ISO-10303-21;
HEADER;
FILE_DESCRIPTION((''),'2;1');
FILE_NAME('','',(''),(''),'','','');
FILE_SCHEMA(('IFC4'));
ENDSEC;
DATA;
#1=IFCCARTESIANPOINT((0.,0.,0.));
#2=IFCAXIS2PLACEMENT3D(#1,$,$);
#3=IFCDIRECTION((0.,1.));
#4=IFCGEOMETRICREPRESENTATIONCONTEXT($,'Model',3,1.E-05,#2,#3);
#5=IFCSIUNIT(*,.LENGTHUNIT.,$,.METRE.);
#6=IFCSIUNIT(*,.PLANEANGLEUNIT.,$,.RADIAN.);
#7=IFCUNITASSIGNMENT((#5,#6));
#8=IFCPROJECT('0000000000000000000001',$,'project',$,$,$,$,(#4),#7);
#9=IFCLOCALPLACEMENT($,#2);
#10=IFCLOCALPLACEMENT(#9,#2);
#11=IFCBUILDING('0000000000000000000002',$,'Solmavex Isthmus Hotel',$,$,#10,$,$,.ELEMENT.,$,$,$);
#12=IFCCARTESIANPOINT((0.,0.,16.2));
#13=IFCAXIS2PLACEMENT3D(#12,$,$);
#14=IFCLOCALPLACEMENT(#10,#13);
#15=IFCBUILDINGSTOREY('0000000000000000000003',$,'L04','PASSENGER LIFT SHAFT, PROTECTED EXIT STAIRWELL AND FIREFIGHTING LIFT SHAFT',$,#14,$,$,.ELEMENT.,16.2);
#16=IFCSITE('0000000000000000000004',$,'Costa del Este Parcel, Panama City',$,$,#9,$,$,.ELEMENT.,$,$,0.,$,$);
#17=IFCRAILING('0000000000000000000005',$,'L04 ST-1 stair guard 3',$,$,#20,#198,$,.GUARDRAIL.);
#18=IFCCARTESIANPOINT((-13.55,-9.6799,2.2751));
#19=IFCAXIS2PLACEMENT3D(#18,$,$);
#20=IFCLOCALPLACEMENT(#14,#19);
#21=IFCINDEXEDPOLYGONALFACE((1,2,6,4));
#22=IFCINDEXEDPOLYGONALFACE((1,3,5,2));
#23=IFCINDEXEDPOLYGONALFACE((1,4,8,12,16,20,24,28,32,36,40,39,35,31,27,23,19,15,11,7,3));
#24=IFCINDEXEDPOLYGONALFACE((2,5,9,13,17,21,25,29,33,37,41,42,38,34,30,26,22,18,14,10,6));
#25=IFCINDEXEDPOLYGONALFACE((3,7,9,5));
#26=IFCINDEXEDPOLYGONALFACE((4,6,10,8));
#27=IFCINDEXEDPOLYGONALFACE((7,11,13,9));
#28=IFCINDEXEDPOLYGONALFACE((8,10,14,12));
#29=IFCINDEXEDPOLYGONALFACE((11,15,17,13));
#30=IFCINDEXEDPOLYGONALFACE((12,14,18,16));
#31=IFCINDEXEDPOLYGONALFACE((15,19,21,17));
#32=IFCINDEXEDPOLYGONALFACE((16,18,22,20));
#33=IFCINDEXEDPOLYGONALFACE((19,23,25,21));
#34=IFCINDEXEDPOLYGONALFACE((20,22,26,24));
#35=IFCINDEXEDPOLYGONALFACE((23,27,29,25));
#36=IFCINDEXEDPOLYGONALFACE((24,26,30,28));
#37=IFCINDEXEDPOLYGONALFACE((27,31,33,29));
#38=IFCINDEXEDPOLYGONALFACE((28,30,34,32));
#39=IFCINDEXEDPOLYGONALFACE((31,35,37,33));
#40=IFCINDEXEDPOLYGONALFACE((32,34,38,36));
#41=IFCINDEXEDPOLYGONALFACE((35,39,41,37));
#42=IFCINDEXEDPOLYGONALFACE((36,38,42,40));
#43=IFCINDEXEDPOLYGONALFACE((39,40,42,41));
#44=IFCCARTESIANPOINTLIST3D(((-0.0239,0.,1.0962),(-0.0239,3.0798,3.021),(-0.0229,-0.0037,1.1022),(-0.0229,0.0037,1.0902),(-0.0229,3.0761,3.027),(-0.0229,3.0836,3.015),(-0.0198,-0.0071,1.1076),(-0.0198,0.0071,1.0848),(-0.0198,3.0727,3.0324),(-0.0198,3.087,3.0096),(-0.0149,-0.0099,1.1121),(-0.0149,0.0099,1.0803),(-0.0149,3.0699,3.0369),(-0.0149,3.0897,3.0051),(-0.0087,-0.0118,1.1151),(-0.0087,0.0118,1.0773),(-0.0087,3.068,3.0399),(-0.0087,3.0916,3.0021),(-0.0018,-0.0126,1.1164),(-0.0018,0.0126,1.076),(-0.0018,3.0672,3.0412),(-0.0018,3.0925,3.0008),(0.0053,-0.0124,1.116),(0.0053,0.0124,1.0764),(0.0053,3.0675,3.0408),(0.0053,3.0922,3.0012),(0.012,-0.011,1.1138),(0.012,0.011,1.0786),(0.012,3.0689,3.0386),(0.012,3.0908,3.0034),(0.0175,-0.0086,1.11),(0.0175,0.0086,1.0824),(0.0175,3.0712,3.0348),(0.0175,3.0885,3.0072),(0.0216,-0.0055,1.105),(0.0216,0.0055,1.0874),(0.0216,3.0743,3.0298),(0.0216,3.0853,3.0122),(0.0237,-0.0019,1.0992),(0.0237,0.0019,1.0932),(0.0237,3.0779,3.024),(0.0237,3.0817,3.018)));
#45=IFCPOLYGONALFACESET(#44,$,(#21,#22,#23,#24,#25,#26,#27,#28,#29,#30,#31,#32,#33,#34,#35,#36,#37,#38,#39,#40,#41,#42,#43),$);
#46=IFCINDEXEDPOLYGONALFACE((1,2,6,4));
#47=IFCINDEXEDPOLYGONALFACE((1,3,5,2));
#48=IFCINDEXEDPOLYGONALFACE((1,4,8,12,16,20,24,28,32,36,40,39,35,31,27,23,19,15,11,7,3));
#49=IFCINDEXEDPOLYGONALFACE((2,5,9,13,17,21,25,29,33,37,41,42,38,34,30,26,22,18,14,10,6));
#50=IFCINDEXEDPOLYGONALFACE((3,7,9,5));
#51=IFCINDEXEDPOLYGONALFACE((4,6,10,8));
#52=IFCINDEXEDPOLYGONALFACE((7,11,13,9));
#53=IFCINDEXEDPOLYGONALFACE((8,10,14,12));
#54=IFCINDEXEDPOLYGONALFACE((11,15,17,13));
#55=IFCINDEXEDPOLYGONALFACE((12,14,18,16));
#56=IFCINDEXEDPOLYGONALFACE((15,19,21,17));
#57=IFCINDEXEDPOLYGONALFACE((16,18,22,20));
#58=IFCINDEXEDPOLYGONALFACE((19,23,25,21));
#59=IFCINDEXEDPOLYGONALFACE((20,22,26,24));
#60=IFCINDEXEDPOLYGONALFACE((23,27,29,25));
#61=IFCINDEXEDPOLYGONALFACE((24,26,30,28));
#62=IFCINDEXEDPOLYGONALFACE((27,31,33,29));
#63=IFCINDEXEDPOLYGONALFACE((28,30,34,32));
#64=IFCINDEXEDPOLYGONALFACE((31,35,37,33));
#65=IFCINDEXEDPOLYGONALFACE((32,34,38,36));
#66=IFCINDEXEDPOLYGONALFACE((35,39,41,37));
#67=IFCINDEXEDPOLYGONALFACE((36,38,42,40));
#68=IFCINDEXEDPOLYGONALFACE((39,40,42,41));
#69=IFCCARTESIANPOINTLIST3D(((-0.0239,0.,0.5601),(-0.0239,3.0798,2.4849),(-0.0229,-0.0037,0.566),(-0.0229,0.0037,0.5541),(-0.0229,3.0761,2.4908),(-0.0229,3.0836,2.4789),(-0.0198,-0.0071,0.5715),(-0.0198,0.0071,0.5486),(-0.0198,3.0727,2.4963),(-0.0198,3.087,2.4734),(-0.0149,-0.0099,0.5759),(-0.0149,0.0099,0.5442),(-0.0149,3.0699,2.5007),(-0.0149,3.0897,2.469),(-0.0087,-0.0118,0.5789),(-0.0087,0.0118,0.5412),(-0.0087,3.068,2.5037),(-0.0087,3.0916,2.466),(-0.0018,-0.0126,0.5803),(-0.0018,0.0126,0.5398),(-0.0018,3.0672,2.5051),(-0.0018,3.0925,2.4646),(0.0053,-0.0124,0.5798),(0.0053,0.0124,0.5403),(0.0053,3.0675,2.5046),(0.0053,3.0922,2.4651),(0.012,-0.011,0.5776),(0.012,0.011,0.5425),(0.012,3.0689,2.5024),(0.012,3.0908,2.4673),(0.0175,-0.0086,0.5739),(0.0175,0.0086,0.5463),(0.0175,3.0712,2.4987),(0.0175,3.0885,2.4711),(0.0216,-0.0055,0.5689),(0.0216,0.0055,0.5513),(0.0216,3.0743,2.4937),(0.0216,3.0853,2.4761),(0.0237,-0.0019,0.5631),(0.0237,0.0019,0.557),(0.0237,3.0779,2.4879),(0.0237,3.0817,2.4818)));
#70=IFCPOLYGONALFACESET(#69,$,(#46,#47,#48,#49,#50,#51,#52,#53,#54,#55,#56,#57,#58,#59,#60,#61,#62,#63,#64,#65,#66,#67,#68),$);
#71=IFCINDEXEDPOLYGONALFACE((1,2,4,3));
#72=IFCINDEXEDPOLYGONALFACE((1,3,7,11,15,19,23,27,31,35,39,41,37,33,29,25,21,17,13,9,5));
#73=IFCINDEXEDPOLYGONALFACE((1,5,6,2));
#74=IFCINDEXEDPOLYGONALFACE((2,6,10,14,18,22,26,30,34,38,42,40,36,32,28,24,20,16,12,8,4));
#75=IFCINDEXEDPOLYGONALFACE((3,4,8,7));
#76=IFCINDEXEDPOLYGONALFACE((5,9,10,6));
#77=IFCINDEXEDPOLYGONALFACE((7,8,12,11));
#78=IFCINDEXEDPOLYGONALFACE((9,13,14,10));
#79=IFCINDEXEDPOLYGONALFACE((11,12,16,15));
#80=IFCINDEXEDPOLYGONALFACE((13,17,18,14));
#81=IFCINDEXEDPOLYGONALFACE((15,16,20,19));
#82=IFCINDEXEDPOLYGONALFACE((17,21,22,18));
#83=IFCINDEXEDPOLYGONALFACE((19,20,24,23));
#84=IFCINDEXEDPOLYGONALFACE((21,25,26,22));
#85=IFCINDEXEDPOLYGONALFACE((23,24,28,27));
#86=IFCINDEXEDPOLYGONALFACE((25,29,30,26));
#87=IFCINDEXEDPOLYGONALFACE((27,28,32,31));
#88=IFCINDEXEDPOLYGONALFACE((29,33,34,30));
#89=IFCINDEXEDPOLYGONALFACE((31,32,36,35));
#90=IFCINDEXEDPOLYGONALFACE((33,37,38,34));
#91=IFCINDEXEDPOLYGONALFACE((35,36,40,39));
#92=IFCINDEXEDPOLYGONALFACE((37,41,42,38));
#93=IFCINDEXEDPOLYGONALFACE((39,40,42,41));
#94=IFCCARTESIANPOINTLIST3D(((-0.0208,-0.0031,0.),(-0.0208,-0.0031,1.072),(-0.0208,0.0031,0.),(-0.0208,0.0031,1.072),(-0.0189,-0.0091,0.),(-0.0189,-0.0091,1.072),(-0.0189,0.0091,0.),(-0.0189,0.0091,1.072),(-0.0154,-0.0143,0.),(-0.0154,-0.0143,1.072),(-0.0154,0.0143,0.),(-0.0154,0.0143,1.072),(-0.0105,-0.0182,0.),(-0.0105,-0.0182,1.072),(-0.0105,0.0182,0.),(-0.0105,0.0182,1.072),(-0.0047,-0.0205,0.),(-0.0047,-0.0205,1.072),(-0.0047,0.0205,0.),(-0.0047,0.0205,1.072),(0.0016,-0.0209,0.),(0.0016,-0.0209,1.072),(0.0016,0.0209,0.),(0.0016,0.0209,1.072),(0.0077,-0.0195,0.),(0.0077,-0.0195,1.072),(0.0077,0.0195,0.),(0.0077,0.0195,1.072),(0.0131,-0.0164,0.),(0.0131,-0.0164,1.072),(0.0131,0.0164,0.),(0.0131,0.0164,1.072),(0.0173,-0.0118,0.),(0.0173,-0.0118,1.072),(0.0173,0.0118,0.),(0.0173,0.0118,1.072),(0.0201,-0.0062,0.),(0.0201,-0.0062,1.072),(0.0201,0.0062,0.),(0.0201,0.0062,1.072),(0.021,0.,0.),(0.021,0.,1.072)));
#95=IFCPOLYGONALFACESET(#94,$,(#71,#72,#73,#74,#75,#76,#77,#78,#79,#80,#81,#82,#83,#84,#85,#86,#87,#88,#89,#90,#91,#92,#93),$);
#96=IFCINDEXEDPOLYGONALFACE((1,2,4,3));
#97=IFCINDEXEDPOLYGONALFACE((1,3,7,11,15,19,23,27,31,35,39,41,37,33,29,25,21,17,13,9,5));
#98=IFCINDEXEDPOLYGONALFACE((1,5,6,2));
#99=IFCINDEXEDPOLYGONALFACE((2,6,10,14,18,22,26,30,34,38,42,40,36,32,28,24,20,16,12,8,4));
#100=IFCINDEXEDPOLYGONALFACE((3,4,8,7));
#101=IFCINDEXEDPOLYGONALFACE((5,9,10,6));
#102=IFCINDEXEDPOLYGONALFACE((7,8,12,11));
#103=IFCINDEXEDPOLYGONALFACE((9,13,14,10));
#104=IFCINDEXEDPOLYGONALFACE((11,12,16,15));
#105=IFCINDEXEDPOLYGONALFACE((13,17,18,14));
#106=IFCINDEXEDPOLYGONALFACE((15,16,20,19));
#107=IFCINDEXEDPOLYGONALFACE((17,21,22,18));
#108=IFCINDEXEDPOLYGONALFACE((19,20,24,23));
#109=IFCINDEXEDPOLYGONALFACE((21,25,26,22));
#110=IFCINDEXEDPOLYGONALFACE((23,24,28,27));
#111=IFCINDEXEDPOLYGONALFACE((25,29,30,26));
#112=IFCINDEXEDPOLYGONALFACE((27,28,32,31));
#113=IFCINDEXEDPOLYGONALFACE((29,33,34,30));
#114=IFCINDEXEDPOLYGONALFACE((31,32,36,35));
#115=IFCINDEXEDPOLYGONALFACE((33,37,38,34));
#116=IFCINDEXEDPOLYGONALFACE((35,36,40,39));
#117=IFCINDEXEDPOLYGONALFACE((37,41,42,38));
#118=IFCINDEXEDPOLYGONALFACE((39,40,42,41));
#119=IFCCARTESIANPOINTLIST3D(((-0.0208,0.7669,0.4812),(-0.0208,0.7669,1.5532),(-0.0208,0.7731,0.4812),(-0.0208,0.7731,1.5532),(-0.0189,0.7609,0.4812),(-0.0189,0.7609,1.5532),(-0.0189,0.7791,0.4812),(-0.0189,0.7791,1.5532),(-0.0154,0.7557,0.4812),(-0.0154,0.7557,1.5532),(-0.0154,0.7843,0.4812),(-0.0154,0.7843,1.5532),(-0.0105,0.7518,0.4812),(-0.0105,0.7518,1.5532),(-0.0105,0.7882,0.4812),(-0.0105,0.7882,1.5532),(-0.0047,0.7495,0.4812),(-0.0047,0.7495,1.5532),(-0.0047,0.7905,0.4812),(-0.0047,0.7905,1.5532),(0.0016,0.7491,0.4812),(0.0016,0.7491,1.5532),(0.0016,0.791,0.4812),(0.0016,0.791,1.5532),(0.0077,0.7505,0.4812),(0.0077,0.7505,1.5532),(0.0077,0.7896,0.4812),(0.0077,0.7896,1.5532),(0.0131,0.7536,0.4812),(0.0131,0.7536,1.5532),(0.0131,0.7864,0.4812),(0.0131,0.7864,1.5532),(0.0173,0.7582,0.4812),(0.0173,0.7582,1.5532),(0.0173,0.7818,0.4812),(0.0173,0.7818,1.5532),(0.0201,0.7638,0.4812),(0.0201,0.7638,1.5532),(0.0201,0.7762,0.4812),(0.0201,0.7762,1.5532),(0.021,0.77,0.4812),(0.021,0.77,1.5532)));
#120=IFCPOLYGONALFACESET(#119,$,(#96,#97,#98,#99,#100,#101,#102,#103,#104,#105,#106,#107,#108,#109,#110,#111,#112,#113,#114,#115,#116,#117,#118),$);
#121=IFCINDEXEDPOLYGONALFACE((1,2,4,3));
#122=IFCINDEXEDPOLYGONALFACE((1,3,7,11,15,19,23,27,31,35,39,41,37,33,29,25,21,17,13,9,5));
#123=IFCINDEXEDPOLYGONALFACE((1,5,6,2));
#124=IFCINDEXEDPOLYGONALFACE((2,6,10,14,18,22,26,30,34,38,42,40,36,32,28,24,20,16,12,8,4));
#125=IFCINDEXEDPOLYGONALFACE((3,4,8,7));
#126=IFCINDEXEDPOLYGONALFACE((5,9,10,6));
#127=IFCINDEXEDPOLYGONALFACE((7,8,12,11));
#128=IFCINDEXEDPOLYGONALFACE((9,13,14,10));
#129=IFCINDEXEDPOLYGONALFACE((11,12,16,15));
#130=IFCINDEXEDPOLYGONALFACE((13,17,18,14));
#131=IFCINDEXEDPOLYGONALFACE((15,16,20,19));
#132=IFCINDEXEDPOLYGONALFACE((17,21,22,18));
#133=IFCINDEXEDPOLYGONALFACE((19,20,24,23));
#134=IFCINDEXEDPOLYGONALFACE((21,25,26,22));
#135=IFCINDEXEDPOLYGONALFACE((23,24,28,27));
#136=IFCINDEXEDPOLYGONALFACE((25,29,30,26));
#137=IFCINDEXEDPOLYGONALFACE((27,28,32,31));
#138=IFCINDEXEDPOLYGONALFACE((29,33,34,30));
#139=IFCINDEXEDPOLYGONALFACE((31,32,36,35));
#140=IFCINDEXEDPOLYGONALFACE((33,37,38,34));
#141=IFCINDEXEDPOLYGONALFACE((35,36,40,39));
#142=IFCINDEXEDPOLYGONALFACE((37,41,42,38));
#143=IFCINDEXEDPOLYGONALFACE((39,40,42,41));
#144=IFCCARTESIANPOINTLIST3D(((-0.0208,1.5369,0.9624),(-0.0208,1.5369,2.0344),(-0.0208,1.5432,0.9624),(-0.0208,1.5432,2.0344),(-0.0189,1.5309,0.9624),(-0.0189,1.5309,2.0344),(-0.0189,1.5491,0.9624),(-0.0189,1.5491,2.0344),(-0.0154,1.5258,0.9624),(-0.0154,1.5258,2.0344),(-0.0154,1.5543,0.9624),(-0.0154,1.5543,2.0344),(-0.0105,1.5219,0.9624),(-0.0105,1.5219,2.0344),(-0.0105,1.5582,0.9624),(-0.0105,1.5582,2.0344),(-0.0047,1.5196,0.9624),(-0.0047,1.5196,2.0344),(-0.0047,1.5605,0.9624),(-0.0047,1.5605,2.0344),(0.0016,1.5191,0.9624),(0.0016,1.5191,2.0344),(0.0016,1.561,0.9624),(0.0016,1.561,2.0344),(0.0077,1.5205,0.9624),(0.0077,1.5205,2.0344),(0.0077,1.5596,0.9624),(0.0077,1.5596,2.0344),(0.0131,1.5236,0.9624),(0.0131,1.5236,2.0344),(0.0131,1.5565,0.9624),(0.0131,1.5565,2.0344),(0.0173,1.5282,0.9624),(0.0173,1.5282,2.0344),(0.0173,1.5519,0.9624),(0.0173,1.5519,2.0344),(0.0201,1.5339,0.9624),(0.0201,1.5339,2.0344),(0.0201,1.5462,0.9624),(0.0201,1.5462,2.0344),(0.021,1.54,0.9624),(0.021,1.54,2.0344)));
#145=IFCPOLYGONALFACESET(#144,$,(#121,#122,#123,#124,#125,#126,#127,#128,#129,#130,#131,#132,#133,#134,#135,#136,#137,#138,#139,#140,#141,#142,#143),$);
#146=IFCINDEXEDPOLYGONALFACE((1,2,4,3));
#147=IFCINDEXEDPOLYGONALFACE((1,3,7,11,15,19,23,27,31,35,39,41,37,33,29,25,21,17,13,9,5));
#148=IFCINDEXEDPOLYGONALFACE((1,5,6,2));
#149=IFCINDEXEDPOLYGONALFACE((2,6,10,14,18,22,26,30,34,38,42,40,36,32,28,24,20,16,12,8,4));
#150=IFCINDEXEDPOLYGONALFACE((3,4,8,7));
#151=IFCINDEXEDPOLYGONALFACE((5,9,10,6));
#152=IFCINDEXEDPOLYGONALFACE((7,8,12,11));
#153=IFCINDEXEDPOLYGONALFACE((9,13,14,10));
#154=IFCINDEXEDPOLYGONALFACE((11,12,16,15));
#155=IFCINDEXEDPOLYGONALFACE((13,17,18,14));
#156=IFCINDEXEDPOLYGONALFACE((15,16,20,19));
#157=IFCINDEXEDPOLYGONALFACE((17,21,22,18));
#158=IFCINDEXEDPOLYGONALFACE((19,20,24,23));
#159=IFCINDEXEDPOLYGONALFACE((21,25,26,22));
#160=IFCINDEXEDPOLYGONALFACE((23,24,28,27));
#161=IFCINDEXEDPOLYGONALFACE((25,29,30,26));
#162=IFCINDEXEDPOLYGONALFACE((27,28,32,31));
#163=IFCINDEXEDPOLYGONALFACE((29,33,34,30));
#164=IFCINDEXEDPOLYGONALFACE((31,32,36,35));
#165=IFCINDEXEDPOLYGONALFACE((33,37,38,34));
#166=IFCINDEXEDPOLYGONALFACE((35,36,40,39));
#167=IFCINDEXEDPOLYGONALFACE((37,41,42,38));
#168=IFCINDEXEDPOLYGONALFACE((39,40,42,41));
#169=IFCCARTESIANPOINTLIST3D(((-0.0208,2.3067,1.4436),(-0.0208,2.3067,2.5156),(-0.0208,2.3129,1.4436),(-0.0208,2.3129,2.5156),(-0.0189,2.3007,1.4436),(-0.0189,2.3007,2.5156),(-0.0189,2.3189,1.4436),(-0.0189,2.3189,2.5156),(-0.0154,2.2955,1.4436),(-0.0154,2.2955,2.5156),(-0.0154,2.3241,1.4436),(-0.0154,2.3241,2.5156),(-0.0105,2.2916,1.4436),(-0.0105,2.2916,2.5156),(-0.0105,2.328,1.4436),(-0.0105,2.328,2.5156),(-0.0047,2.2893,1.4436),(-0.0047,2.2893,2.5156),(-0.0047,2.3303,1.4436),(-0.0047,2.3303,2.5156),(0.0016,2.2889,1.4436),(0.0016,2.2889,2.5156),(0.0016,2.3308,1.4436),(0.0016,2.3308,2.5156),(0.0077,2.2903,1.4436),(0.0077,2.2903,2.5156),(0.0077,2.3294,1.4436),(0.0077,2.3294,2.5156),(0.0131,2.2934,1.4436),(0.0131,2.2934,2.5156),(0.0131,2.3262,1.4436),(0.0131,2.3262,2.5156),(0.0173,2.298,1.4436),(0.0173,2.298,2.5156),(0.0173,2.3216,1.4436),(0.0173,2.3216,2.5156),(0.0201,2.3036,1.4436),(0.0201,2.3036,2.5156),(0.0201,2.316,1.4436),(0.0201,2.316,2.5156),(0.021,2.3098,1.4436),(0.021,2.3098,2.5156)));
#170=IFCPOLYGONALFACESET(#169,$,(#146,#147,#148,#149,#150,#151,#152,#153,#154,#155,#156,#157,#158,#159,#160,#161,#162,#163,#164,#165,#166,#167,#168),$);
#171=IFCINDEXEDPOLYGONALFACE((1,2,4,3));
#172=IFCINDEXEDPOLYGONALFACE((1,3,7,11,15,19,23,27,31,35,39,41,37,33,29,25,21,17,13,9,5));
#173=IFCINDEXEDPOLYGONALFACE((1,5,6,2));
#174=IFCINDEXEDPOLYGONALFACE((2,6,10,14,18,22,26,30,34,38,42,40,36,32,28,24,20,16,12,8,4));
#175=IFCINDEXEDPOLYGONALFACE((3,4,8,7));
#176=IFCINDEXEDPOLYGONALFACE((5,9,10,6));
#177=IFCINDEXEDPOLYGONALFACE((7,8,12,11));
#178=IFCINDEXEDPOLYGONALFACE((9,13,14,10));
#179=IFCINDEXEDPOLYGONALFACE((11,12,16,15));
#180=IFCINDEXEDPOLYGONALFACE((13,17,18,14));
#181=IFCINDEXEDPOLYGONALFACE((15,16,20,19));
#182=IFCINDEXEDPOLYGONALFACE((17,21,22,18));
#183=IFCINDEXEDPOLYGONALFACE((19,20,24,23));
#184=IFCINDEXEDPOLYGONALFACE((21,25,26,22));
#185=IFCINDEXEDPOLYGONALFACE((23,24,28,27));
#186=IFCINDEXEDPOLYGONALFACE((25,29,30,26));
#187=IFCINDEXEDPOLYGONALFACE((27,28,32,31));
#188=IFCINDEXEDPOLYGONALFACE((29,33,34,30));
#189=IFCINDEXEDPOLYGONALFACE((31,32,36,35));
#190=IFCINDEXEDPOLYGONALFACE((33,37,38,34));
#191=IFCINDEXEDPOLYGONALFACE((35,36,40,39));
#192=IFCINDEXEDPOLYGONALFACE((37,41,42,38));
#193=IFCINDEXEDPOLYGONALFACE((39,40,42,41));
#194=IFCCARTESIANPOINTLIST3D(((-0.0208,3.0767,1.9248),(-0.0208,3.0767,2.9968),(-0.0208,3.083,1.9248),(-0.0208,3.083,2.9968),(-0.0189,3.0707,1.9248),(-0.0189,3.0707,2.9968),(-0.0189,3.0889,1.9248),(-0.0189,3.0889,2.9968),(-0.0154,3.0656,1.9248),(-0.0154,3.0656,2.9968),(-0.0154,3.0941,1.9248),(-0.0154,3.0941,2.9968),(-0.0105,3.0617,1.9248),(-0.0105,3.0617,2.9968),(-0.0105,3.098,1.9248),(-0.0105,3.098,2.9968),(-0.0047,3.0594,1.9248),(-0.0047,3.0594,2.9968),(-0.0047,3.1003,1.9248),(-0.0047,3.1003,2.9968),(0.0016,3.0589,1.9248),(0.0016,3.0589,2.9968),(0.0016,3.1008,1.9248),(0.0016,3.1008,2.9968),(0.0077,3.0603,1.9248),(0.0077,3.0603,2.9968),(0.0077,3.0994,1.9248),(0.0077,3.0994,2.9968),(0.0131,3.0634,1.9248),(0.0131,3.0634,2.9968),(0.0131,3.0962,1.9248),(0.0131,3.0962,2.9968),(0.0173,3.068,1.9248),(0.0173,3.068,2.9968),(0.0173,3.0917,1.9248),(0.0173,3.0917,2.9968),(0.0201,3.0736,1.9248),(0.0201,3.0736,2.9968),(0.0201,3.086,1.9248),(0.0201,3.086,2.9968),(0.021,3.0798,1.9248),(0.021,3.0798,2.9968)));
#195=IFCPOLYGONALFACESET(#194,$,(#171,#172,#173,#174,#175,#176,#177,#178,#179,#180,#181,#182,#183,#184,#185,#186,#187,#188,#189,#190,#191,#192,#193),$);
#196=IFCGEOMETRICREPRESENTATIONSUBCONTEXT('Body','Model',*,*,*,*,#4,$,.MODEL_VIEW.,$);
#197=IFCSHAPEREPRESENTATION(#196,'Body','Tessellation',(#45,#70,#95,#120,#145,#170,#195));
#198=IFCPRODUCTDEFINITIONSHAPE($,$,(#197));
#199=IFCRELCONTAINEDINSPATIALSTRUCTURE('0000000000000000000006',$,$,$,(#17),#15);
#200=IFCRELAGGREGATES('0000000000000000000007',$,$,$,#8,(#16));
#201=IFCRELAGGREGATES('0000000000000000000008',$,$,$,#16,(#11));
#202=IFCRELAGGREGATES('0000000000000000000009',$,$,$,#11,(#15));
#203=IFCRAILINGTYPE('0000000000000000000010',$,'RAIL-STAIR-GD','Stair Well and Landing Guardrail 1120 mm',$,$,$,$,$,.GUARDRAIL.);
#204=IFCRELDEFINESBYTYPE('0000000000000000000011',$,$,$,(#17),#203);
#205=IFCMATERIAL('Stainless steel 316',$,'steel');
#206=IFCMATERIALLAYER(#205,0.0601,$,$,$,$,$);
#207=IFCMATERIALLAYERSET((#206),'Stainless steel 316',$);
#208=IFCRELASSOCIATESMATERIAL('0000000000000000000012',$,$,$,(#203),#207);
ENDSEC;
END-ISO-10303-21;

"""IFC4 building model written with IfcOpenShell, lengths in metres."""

from ifc_helpers import new_model, si_unit, direction, frame, origin, origin_2d, place, context, subcontext, project, spatial, circle, extrude, material, layer, layer_set, type_object, element, save


model = new_model("IFC4")

# Units and contexts
model_context = context("Model", 3, precision=1e-05, world=origin(), true_north=direction((0.0, 1.0)))
body_context = subcontext(model_context, "Body", "Model", "MODEL_VIEW")
ifc_project = project(units=[si_unit("LENGTHUNIT", "METRE"), si_unit("PLANEANGLEUNIT", "RADIAN")], contexts=[model_context])

# Site, building, storey
site_placement = place(None, origin())
site = spatial("IfcSite", under=ifc_project, at=site_placement, Name="Costa del Este Parcel, Panama City", CompositionType="ELEMENT", RefElevation=0.0)
building_placement = place(site_placement, origin())
building = spatial("IfcBuilding", under=site, at=building_placement, Name="Solmavex Isthmus Hotel", CompositionType="ELEMENT")
storey_placement = place(building_placement, frame((0.0, 0.0, 16.2)))
storey = spatial("IfcBuildingStorey", under=building, at=storey_placement, Name="L04", Description="PASSENGER LIFT SHAFT, PROTECTED EXIT STAIRWELL AND FIREFIGHTING LIFT SHAFT", CompositionType="ELEMENT", Elevation=16.2)

# Shared definitions
ifc_material_1 = material(Name="Stainless steel 316", Category="steel")

# Railing
ifc_layer_1 = layer(ifc_material_1, 0.0601)
ifc_layer_set_1 = layer_set([ifc_layer_1], Name="Stainless steel 316")
railing_type_1 = type_object("IfcRailingType", Name="RAIL-STAIR-GD", Description="Stair Well and Landing Guardrail 1120 mm", PredefinedType="GUARDRAIL", material=ifc_layer_set_1)
railing_1_placement = place(storey_placement, frame((-13.55, -9.6799, 2.2751)))
element("IfcRailing", 1, at=railing_1_placement, inside=storey, type_object=railing_type_1, Name="L04 ST-1 stair guard 3", PredefinedType="GUARDRAIL", context=body_context, shape_type="SweptSolid", body=[
    extrude(circle(Radius=0.0239, at=origin_2d()), frame((0.0, 0.0, 1.0962), z_axis=(0.0, 0.84801, 0.529981), x_axis=(-1.0, 0.0, 0.0)), (0.0, 0.0, 1.0), 3.6318),
    extrude(circle(Radius=0.0239, at=origin_2d()), frame((0.0, 0.0, 0.5601), z_axis=(0.0, 0.84801, 0.529981), x_axis=(-1.0, 0.0, 0.0)), (0.0, 0.0, 1.0), 3.6318),
    extrude(circle(Radius=0.021, at=origin_2d()), origin(), (0.0, 0.0, 1.0), 1.072),
    extrude(circle(Radius=0.021, at=origin_2d()), frame((0.0, 0.77, 0.4812)), (0.0, 0.0, 1.0), 1.072),
    extrude(circle(Radius=0.021, at=origin_2d()), frame((0.0, 1.54, 0.9624)), (0.0, 0.0, 1.0), 1.072),
    extrude(circle(Radius=0.021, at=origin_2d()), frame((0.0, 2.3098, 1.4436)), (0.0, 0.0, 1.0), 1.072),
    extrude(circle(Radius=0.021, at=origin_2d()), frame((0.0, 3.0798, 1.9248)), (0.0, 0.0, 1.0), 1.072),
])

save(model, "model.ifc")
